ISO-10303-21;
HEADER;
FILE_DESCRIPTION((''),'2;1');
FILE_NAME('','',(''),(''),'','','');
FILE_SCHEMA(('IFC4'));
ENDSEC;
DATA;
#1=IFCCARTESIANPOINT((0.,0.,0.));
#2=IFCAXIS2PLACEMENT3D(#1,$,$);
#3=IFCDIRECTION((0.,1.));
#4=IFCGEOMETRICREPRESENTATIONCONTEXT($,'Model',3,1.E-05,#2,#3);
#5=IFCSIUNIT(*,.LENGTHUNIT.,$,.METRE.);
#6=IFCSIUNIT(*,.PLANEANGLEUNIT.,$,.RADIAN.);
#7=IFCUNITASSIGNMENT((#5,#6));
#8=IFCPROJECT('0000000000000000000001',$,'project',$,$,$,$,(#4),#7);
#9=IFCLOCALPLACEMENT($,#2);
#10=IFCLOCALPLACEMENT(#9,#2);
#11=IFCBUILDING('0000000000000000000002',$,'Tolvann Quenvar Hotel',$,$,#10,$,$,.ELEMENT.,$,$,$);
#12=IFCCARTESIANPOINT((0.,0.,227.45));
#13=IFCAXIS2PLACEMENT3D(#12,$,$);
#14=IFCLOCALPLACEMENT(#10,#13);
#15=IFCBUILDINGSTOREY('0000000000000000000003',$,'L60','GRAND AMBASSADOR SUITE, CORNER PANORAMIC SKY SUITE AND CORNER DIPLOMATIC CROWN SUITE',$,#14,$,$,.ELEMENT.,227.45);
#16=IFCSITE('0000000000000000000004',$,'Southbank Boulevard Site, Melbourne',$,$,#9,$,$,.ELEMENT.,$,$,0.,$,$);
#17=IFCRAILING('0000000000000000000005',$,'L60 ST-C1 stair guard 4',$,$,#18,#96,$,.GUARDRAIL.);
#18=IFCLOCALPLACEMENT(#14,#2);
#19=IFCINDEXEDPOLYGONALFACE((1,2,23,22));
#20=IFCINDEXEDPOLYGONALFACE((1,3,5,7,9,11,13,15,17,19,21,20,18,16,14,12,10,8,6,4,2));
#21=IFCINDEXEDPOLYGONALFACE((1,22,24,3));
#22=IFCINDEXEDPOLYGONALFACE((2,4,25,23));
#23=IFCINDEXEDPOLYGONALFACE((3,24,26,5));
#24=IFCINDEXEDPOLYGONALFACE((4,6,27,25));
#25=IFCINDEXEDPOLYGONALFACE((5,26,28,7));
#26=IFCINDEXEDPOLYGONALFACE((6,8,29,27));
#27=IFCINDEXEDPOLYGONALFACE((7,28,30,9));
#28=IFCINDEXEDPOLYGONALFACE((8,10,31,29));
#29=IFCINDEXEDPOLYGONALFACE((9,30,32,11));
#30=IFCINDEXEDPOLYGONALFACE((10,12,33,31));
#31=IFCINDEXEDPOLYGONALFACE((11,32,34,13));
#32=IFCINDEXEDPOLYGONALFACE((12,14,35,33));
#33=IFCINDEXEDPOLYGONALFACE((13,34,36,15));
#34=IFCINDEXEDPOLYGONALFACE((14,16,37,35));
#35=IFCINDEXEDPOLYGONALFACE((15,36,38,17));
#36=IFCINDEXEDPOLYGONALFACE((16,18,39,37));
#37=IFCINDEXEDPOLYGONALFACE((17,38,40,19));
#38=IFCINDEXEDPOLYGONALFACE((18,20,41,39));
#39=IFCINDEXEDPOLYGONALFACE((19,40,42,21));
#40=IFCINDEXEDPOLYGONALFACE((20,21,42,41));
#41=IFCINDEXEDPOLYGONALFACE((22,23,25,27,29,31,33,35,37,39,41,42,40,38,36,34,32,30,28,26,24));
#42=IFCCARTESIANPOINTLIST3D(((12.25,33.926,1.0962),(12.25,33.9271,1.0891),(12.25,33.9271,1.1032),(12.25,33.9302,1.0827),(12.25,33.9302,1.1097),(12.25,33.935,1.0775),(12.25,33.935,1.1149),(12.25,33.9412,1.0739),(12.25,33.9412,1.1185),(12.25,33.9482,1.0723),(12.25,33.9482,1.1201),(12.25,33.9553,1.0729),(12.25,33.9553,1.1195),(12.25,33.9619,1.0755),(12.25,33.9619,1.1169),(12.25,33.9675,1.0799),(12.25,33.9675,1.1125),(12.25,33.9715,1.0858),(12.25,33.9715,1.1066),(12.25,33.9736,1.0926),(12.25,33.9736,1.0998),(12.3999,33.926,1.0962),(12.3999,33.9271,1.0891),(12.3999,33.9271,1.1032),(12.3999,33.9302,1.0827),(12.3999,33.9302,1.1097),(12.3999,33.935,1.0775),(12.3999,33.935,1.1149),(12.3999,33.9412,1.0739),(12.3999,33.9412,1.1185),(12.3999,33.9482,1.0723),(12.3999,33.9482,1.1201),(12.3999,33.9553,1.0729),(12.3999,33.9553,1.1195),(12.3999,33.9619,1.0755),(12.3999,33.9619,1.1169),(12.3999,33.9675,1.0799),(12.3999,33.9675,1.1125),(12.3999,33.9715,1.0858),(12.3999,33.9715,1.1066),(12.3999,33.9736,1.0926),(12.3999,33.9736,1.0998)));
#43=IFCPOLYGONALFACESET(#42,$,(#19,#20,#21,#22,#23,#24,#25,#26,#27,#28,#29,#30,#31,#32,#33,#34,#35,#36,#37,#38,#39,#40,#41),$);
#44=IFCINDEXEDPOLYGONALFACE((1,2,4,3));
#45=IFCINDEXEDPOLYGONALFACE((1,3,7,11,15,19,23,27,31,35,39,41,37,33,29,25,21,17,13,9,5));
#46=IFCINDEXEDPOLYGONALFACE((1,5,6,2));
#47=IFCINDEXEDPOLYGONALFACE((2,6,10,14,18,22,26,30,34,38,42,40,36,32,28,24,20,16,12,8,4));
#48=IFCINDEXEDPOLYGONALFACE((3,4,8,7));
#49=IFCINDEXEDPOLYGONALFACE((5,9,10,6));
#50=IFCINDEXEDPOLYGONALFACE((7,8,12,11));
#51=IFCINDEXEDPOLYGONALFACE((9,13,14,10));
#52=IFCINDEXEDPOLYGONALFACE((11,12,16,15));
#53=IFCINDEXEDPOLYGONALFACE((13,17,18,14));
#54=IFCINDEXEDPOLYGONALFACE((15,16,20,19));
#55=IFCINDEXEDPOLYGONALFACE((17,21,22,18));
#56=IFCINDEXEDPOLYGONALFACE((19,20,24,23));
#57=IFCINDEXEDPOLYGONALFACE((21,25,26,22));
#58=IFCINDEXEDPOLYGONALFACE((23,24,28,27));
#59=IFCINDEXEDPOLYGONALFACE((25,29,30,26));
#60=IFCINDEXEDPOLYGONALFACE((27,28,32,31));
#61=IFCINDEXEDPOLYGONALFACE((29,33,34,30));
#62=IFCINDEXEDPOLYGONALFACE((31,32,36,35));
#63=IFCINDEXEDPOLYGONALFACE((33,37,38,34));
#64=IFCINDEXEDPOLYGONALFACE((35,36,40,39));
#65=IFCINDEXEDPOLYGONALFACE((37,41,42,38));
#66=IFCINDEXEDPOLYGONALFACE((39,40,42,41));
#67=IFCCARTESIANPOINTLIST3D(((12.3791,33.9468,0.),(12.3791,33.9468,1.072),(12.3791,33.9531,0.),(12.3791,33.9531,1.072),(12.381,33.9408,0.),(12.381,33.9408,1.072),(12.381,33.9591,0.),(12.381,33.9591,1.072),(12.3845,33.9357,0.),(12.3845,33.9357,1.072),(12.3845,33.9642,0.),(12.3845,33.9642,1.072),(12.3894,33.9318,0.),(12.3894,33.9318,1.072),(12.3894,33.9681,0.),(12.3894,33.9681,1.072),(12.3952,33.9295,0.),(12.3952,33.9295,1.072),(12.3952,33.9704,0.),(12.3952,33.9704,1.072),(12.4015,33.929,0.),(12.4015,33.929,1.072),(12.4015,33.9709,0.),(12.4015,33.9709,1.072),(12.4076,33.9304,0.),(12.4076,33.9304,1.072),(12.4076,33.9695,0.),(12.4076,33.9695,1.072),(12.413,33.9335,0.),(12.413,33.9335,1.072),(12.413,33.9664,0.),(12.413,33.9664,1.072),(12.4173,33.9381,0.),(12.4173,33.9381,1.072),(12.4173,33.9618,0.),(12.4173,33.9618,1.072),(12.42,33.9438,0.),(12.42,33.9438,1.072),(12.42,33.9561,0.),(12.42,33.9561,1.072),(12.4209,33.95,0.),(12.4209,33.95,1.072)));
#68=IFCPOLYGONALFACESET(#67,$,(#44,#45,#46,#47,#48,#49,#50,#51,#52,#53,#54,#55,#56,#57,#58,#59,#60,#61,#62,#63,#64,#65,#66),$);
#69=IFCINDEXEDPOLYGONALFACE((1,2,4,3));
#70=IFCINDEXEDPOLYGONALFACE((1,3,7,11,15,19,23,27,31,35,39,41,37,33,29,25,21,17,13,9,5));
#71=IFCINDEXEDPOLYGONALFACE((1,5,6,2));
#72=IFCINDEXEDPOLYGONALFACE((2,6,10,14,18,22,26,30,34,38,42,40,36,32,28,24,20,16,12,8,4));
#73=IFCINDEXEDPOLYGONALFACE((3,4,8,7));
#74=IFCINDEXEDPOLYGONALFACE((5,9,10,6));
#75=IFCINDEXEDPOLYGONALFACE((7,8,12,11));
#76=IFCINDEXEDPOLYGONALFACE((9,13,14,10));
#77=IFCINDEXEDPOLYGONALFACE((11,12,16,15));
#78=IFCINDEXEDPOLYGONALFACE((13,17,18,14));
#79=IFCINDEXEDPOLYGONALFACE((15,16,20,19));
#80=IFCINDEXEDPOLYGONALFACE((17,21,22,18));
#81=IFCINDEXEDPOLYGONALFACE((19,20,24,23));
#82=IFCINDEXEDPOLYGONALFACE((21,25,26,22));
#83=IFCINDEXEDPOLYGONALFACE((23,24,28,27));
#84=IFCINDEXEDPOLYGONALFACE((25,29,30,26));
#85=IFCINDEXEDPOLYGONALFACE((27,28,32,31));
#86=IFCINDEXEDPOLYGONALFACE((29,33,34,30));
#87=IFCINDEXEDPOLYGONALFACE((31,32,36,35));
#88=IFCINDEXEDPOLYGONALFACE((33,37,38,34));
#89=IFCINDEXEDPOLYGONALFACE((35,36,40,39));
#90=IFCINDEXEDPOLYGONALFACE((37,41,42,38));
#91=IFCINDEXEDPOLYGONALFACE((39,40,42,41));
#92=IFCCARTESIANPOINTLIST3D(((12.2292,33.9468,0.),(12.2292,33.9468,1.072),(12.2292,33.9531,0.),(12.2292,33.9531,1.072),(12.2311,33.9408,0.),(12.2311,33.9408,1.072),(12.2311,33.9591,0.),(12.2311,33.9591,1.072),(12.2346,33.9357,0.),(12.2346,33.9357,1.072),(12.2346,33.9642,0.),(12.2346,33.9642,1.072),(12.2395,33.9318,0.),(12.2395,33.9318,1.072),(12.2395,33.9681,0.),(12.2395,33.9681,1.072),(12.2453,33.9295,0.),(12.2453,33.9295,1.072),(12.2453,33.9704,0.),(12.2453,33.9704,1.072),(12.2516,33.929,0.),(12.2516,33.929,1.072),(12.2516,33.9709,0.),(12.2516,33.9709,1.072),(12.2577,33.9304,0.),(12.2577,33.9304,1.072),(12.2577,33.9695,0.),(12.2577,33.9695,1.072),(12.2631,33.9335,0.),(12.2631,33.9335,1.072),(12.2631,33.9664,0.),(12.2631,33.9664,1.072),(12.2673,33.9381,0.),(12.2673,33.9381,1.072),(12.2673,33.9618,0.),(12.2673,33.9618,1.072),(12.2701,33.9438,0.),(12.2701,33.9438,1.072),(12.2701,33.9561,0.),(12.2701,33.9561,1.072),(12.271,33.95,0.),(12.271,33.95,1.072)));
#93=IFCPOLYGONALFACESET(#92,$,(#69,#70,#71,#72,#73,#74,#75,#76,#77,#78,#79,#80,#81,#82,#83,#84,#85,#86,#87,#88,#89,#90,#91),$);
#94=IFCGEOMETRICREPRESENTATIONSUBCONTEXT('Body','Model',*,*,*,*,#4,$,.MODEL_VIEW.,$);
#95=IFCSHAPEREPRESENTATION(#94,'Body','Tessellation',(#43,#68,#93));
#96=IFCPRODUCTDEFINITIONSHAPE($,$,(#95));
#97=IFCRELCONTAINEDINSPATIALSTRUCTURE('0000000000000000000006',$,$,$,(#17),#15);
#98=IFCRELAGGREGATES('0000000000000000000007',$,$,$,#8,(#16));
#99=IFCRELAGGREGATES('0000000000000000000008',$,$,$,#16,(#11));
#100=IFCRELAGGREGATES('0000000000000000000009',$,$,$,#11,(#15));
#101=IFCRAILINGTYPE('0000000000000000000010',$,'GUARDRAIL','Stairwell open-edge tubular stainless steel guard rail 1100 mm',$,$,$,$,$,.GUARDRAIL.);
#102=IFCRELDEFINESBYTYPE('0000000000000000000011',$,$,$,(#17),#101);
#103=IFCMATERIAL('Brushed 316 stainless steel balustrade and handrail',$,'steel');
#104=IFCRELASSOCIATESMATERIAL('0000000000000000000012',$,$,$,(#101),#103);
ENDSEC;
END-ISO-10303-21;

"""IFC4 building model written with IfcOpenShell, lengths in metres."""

from ifc_helpers import new_model, si_unit, direction, frame, origin, origin_2d, place, context, subcontext, project, spatial, circle, extrude, material, type_object, element, save


model = new_model("IFC4")

# Units and contexts
model_context = context("Model", 3, precision=1e-05, world=origin(), true_north=direction((0.0, 1.0)))
body_context = subcontext(model_context, "Body", "Model", "MODEL_VIEW")
ifc_project = project(units=[si_unit("LENGTHUNIT", "METRE"), si_unit("PLANEANGLEUNIT", "RADIAN")], contexts=[model_context])

# Site, building, storey
site_placement = place(None, origin())
site = spatial("IfcSite", under=ifc_project, at=site_placement, Name="Southbank Boulevard Site, Melbourne", CompositionType="ELEMENT", RefElevation=0.0)
building_placement = place(site_placement, origin())
building = spatial("IfcBuilding", under=site, at=building_placement, Name="Tolvann Quenvar Hotel", CompositionType="ELEMENT")
storey_placement = place(building_placement, frame((0.0, 0.0, 227.45)))
storey = spatial("IfcBuildingStorey", under=building, at=storey_placement, Name="L60", Description="GRAND AMBASSADOR SUITE, CORNER PANORAMIC SKY SUITE AND CORNER DIPLOMATIC CROWN SUITE", CompositionType="ELEMENT", Elevation=227.45)

# Railing
ifc_material_1 = material(Name="Brushed 316 stainless steel balustrade and handrail", Category="steel")
railing_type = type_object("IfcRailingType", Name="GUARDRAIL", Description="Stairwell open-edge tubular stainless steel guard rail 1100 mm", PredefinedType="GUARDRAIL", material=ifc_material_1)
railing_1_placement = place(storey_placement, frame((12.3999, 33.95, 0.0)))
element("IfcRailing", 1, at=railing_1_placement, inside=storey, type_object=railing_type, Name="L60 ST-C1 stair guard 4", PredefinedType="GUARDRAIL", context=body_context, shape_type="SweptSolid", body=[
    extrude(circle(Radius=0.0239, at=origin_2d()), frame((0.0, 0.0, 1.0962), z_axis=(-1.0, 0.0, 0.0), x_axis=(0.0, -1.0, 0.0)), (0.0, 0.0, 1.0), 0.1499),
    extrude(circle(Radius=0.021, at=origin_2d()), origin(), (0.0, 0.0, 1.0), 1.072),
    extrude(circle(Radius=0.021, at=origin_2d()), frame((-0.1499, 0.0, 0.0)), (0.0, 0.0, 1.0), 1.072),
])

save(model, "model.ifc")
